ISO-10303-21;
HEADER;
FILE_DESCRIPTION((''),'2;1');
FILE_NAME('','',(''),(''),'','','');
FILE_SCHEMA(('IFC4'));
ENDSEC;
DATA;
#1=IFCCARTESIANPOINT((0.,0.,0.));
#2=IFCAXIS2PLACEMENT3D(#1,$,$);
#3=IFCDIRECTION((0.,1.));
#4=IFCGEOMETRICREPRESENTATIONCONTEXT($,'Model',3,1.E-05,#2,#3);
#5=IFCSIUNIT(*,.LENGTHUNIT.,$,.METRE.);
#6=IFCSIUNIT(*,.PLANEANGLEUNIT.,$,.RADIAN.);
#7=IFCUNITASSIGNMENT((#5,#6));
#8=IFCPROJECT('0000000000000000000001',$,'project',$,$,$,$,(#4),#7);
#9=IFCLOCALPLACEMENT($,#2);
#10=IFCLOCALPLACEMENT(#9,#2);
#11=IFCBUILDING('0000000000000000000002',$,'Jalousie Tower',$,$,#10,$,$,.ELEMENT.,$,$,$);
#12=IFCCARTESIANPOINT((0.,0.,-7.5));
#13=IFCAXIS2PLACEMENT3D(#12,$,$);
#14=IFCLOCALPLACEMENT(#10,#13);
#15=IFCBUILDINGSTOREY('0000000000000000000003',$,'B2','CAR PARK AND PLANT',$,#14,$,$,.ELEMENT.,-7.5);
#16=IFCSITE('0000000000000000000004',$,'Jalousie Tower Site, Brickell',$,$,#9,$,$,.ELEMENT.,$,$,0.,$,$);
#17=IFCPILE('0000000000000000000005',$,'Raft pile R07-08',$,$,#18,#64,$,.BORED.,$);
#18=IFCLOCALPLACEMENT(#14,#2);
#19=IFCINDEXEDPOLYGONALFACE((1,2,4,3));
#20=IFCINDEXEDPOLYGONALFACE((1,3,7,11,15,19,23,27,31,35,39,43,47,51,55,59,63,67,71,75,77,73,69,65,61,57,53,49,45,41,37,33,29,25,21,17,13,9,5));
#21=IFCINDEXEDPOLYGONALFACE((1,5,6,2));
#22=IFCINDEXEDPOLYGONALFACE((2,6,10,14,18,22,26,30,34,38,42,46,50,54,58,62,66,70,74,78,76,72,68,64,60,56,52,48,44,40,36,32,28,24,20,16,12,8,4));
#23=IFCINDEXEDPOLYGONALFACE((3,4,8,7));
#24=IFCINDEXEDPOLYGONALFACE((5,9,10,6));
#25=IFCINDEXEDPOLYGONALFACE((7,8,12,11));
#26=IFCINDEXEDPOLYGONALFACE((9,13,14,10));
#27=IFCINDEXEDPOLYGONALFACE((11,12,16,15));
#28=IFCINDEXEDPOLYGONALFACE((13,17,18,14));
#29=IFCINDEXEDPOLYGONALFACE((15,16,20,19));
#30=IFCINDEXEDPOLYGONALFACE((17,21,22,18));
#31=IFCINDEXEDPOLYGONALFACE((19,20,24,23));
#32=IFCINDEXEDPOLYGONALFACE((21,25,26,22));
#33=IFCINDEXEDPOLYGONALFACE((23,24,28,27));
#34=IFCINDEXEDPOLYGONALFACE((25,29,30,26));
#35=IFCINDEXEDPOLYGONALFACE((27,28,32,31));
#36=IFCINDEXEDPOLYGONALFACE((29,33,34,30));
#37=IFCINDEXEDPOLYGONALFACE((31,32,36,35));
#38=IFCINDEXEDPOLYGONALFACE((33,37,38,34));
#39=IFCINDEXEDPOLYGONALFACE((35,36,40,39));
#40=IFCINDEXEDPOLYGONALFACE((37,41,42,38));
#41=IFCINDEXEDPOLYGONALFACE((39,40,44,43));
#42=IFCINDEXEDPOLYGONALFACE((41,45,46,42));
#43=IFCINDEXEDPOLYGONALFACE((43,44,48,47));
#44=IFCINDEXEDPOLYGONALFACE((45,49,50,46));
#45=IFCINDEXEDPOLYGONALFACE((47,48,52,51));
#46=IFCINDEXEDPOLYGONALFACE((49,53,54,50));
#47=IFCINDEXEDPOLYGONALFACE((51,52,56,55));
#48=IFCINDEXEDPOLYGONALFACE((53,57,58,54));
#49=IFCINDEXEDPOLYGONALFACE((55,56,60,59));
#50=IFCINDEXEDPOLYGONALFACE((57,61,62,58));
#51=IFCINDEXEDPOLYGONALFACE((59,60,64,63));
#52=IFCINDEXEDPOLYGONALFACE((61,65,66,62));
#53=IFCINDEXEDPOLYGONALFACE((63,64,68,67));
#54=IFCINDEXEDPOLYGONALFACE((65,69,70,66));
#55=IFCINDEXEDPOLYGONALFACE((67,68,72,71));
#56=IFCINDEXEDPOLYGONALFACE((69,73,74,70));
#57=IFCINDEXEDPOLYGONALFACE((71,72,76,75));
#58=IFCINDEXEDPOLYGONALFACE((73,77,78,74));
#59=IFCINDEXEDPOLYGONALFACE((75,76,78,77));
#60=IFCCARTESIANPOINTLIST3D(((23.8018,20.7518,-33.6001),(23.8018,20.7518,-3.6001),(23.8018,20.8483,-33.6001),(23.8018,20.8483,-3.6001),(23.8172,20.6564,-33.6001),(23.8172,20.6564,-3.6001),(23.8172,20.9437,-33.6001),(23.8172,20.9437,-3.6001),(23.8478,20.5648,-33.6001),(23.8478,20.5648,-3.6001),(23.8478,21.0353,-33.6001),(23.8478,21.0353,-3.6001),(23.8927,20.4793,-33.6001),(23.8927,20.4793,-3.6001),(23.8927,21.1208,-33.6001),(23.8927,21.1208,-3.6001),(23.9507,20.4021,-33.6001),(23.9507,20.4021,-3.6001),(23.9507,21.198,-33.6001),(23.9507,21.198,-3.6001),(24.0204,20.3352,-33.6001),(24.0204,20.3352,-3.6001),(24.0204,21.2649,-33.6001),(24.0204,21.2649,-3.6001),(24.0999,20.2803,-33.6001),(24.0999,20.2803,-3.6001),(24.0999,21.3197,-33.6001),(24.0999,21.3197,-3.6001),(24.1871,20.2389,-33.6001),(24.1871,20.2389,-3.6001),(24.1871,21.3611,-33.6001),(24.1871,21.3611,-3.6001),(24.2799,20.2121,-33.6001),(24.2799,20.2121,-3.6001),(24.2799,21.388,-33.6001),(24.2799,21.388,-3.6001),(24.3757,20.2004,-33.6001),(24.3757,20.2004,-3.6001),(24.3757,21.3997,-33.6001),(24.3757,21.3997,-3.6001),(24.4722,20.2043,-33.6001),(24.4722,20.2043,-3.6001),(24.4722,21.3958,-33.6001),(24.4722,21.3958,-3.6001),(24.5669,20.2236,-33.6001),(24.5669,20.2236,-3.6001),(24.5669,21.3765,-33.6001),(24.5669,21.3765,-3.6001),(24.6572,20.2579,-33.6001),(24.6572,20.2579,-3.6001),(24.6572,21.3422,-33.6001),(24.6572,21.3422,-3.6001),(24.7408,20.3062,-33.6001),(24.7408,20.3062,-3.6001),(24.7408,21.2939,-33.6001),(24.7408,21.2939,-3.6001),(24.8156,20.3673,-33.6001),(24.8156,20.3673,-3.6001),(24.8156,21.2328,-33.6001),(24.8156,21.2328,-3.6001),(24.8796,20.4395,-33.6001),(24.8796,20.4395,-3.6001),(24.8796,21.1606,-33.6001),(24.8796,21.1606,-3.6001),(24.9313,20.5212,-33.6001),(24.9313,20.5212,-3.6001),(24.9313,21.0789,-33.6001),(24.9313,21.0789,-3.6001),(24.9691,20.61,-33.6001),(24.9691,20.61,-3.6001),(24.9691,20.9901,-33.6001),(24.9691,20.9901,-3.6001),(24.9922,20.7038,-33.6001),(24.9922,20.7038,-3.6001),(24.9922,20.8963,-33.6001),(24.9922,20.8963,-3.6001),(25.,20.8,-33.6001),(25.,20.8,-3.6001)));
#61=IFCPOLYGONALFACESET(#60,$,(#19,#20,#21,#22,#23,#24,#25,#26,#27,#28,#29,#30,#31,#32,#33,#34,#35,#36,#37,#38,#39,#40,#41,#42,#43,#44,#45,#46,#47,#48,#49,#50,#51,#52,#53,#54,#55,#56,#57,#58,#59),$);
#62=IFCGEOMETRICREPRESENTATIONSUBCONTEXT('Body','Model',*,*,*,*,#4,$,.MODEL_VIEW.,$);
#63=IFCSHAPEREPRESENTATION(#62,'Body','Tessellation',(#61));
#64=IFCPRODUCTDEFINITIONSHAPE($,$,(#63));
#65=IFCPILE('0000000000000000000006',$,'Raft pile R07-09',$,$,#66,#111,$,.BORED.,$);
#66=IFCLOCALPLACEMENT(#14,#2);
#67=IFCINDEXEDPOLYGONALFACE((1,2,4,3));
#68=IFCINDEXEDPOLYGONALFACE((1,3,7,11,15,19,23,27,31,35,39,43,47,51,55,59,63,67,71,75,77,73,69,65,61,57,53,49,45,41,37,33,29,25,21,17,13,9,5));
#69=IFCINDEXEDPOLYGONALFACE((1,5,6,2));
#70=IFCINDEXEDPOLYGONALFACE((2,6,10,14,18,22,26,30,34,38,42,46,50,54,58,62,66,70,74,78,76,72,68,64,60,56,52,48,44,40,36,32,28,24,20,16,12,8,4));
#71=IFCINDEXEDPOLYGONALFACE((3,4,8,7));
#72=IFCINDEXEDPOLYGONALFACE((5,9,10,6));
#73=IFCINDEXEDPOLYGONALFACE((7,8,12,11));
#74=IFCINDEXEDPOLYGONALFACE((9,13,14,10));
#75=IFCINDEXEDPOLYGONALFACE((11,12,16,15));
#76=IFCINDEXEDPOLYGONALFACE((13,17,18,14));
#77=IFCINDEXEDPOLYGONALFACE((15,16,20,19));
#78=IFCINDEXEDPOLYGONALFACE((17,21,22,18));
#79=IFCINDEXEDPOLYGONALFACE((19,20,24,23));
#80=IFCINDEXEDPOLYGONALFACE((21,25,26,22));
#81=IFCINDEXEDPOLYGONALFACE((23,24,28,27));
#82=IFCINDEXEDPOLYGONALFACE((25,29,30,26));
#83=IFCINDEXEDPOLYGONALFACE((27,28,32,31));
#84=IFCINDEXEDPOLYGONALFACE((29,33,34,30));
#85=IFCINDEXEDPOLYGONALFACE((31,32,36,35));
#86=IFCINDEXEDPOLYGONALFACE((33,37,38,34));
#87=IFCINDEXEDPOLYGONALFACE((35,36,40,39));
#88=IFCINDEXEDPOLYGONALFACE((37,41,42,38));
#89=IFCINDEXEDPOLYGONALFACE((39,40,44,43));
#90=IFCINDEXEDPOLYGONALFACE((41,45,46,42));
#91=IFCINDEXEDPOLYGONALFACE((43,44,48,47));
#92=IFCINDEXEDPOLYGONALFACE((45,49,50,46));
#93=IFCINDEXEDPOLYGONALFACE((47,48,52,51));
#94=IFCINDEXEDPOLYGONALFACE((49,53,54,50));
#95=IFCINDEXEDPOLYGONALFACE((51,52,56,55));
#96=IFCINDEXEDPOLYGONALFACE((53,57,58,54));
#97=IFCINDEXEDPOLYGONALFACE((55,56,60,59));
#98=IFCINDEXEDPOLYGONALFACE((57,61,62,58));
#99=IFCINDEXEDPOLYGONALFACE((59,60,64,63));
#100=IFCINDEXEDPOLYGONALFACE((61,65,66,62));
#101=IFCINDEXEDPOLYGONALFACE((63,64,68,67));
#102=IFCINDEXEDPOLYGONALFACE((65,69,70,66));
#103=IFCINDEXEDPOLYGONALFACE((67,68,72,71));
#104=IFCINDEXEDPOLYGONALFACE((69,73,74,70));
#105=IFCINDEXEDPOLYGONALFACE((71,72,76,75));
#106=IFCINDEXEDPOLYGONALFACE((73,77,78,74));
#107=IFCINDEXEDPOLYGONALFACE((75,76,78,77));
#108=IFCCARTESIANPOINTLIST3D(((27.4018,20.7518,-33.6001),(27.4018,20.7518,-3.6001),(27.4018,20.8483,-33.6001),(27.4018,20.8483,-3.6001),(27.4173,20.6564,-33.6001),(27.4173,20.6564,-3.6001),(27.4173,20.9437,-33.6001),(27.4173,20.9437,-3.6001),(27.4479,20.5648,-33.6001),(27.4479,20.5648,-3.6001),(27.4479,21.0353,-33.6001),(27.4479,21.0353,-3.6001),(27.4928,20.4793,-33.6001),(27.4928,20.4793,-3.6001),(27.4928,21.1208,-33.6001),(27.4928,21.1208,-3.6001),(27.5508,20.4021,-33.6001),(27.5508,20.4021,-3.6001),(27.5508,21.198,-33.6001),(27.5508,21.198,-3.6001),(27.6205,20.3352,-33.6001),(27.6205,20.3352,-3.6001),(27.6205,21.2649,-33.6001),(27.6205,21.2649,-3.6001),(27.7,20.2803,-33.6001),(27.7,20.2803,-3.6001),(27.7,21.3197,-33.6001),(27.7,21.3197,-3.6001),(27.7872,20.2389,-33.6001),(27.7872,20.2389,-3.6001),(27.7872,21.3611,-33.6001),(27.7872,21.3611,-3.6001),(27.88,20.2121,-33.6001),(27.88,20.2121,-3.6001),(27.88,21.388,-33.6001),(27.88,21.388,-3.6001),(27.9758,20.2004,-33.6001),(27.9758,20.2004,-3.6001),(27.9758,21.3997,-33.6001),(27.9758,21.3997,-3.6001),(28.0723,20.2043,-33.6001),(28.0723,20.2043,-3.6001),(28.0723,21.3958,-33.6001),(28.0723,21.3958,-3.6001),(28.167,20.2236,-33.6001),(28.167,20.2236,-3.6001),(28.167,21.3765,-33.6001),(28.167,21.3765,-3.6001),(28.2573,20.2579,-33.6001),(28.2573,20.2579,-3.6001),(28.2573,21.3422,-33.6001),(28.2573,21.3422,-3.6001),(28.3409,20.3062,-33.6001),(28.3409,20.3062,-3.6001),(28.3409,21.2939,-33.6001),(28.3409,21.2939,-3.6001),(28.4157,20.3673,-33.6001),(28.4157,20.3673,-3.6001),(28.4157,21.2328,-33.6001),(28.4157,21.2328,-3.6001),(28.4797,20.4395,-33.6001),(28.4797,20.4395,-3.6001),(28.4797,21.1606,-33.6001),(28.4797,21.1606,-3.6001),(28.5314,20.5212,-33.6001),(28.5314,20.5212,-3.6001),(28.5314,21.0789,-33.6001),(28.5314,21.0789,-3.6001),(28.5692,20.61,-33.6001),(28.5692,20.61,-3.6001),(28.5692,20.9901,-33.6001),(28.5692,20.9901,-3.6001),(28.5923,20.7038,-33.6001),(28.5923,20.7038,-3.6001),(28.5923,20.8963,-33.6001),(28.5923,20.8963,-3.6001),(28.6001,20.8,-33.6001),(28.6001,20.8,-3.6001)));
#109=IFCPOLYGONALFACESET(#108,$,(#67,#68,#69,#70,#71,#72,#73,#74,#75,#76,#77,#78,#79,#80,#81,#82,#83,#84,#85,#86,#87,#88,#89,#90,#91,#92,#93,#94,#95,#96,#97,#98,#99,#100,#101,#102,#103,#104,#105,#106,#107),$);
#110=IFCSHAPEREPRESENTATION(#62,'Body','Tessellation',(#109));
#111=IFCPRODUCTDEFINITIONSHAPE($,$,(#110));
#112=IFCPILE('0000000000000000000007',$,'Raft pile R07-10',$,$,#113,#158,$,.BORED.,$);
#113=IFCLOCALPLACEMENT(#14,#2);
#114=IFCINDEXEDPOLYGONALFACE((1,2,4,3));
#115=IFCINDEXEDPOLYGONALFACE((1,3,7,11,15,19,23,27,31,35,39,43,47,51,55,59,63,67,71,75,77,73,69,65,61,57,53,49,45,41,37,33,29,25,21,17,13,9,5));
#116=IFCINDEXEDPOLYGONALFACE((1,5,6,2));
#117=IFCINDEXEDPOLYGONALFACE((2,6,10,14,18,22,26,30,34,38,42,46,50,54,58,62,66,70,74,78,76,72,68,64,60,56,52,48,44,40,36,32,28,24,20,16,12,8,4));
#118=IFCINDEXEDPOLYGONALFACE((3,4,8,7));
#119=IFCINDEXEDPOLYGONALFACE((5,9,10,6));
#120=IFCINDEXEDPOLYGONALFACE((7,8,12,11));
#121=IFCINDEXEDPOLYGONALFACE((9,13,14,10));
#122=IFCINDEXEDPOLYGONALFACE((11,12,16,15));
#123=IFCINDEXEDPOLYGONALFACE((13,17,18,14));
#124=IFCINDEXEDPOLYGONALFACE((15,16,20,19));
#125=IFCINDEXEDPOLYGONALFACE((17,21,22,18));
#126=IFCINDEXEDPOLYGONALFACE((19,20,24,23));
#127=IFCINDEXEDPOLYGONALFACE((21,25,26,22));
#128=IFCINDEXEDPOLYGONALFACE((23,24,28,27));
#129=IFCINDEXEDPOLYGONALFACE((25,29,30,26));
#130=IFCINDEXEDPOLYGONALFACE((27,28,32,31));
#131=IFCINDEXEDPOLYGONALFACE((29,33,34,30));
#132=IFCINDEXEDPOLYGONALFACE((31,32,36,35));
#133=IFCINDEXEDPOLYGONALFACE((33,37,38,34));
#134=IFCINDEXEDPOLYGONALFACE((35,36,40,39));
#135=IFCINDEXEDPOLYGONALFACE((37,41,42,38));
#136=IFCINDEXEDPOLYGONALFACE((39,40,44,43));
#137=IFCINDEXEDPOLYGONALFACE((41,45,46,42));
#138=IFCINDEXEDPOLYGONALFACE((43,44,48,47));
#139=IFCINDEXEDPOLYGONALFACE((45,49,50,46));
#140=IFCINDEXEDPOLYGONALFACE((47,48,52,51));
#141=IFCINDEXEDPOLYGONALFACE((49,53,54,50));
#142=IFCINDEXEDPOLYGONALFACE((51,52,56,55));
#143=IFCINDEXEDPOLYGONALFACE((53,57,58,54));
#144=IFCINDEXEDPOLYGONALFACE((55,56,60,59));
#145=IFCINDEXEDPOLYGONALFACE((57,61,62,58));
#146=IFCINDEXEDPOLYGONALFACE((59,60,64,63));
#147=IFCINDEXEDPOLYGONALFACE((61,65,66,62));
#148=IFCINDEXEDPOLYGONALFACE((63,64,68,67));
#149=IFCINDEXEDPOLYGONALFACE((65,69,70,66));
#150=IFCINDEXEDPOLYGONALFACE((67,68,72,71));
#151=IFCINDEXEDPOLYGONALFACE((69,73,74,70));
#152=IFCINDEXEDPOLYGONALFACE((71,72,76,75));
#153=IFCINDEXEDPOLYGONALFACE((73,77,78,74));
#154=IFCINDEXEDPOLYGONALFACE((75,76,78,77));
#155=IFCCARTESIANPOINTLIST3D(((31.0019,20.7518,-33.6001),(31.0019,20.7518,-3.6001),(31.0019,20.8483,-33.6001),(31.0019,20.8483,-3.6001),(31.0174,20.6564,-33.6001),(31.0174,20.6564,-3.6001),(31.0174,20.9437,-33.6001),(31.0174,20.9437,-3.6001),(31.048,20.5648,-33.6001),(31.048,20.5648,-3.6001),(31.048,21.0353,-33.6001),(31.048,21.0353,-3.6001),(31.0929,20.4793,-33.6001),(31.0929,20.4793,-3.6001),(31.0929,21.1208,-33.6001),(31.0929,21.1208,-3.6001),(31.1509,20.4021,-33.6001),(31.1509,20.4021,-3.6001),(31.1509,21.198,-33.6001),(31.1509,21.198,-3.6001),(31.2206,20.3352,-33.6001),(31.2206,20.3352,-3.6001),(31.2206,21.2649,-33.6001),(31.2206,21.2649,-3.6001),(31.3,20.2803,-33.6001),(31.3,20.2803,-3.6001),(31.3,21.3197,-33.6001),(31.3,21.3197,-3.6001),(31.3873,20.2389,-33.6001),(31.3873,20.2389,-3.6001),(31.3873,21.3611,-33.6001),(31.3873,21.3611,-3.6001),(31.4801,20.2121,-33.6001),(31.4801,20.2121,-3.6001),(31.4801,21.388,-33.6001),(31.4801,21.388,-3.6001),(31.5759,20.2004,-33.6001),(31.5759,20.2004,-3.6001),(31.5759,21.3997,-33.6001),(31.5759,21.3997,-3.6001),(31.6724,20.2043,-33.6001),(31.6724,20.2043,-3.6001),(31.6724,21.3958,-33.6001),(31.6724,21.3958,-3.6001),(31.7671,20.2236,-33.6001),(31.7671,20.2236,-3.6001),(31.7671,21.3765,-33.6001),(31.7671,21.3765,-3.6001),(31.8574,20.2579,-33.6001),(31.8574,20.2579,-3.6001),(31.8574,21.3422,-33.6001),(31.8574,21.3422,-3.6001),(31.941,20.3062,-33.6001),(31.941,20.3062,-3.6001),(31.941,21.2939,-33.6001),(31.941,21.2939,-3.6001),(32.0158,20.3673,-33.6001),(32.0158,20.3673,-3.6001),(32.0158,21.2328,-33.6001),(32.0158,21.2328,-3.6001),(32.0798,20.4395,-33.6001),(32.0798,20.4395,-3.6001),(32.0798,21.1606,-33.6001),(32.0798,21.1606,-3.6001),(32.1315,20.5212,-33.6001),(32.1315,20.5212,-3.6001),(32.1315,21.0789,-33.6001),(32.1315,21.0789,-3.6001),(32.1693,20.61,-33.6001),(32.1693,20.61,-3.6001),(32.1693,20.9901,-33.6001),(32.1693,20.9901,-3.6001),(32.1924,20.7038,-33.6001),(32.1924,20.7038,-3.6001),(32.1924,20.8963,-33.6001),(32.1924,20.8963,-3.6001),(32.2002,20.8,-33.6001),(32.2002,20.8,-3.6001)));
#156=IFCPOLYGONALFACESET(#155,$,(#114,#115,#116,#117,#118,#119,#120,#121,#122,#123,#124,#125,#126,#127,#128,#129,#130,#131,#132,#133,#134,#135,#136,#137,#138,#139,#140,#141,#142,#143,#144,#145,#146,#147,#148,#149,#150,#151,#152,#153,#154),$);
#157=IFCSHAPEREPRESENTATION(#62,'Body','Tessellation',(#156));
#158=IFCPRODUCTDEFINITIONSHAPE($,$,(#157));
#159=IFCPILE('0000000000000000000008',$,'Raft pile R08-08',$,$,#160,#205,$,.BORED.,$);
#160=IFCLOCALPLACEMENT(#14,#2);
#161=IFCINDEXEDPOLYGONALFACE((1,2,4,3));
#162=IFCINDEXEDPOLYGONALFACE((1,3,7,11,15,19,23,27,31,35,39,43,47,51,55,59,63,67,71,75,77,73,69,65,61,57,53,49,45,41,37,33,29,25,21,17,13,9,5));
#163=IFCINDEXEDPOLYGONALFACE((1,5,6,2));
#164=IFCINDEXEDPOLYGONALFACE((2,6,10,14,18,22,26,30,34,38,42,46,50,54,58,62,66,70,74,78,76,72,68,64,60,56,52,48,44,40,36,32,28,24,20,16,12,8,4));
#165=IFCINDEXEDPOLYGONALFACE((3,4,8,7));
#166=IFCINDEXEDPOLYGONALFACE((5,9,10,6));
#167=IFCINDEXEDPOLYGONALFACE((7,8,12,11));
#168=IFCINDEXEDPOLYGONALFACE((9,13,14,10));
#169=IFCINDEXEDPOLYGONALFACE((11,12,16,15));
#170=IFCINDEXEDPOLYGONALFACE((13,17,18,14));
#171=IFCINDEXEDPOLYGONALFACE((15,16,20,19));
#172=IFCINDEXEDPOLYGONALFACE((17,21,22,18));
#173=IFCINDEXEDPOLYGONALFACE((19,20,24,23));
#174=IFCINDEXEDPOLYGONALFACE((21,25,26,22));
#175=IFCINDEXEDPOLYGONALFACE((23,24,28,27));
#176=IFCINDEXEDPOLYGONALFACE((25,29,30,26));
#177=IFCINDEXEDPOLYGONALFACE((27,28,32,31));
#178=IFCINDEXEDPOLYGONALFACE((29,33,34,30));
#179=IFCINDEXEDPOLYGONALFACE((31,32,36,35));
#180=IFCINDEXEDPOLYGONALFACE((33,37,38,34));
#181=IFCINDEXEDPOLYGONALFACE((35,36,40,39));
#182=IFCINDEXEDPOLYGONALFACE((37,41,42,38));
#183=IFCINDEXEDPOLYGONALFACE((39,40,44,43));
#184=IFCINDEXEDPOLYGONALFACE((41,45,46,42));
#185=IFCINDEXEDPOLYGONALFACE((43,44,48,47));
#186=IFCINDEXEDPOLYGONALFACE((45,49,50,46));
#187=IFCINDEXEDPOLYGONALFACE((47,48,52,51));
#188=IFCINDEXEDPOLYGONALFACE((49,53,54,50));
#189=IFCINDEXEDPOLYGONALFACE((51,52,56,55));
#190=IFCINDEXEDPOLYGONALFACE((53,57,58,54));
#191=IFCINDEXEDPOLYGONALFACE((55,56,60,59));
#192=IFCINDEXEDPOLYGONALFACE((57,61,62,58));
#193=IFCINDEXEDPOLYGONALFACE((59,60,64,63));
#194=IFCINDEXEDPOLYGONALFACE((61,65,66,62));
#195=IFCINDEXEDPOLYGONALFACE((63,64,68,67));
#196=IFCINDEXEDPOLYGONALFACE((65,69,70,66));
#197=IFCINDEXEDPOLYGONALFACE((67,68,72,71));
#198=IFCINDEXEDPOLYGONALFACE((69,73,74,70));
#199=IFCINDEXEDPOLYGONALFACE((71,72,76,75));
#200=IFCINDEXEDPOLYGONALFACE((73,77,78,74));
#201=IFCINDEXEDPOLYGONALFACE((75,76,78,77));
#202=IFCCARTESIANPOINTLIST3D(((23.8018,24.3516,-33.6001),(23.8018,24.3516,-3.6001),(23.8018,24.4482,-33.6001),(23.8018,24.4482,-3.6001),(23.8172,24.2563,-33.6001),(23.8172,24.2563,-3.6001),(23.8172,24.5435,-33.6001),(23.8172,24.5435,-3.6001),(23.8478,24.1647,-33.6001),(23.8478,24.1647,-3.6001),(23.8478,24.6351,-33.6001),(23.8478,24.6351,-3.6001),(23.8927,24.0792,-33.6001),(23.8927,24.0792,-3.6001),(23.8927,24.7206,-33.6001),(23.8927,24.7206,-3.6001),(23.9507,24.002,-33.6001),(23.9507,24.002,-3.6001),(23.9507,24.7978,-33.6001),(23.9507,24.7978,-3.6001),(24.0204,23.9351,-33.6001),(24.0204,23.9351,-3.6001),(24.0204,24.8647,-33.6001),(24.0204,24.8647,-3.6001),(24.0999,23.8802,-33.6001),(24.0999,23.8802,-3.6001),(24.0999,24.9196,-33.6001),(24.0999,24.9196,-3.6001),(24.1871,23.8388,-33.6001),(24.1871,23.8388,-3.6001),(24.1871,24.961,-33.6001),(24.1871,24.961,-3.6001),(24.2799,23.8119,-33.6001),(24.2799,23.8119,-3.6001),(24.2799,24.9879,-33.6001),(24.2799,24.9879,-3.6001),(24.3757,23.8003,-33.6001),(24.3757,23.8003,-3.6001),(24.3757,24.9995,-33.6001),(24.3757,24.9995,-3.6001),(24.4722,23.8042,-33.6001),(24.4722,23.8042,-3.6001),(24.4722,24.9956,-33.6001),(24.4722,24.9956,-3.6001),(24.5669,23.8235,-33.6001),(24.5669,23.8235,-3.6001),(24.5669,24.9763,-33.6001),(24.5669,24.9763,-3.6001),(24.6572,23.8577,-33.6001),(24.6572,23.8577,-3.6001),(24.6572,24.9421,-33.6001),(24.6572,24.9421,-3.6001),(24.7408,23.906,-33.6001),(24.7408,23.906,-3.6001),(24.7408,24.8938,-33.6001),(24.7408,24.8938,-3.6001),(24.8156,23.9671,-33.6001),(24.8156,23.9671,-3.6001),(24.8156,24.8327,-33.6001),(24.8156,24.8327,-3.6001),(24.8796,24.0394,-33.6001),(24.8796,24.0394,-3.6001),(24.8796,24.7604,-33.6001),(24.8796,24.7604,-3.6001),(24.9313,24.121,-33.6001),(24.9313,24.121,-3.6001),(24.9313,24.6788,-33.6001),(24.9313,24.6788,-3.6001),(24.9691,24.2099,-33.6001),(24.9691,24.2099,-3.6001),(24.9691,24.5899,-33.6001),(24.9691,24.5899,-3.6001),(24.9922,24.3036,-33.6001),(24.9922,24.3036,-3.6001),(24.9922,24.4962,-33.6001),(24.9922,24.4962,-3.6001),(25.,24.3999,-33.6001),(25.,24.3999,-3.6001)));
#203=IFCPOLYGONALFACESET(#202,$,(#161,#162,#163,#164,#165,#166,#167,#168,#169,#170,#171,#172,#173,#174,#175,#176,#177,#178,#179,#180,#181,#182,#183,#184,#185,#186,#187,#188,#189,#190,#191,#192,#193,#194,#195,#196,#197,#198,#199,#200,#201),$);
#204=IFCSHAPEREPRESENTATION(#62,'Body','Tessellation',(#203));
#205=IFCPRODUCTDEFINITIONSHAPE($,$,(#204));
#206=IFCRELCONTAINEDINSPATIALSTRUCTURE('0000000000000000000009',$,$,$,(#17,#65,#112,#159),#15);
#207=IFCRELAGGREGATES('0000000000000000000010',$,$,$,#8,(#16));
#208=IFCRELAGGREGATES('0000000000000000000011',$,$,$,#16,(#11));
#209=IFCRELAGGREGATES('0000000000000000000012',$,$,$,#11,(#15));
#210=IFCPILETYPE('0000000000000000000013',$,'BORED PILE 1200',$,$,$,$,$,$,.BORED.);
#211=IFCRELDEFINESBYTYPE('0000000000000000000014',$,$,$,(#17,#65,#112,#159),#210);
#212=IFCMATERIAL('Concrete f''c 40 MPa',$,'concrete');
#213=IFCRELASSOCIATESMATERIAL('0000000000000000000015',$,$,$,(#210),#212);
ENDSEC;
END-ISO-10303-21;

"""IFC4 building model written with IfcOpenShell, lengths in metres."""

from ifc_helpers import new_model, si_unit, direction, frame, origin, origin_2d, place, context, subcontext, project, spatial, circle, extrude, material, material_profile, profile_set, type_object, element, save


model = new_model("IFC4")

# Units and contexts
model_context = context("Model", 3, precision=1e-05, world=origin(), true_north=direction((0.0, 1.0)))
body_context = subcontext(model_context, "Body", "Model", "MODEL_VIEW")
ifc_project = project(units=[si_unit("LENGTHUNIT", "METRE"), si_unit("PLANEANGLEUNIT", "RADIAN")], contexts=[model_context])

# Site, building, storey
site_placement = place(None, origin())
site = spatial("IfcSite", under=ifc_project, at=site_placement, Name="Jalousie Tower Site, Brickell", CompositionType="ELEMENT", RefElevation=0.0)
building_placement = place(site_placement, origin())
building = spatial("IfcBuilding", under=site, at=building_placement, Name="Jalousie Tower", CompositionType="ELEMENT")
storey_placement = place(building_placement, frame((0.0, 0.0, -7.5)))
storey = spatial("IfcBuildingStorey", under=building, at=storey_placement, Name="B2", Description="CAR PARK AND PLANT", CompositionType="ELEMENT", Elevation=-7.5)

# Piles
ifc_material_1 = material(Name="Concrete f'c 40 MPa", Category="concrete")
ifc_material_profile = material_profile(ifc_material_1, circle(Radius=0.6001, at=origin_2d()), Name="BORED PILE D1200")
ifc_profile_set = profile_set([ifc_material_profile], Name="Concrete f'c 40 MPa")
pile_type = type_object("IfcPileType", Name="BORED PILE 1200", PredefinedType="BORED", material=ifc_profile_set)
for number, where, z_axis, x_axis, name in (
    (1, (24.3999, 20.8, -3.6001), (0.0, 0.0, -1.0), (1.0, 0.0, 0.0), "Raft pile R07-08"),
    (2, (28.0, 20.8, -3.6001), (0.0, 0.0, -1.0), (1.0, 0.0, 0.0), "Raft pile R07-09"),
    (3, (31.6001, 20.8, -3.6001), (0.0, 0.0, -1.0), (1.0, 0.0, 0.0), "Raft pile R07-10"),
    (4, (24.3999, 24.3999, -3.6001), (0.0, 0.0, -1.0), (1.0, 0.0, 0.0), "Raft pile R08-08"),
):
    element("IfcPile", number, at=place(storey_placement, frame(where, z_axis=z_axis, x_axis=x_axis)), inside=storey, type_object=pile_type, Name=name, PredefinedType="BORED", context=body_context, shape_type="SweptSolid", body=[
        extrude(circle(Radius=0.6001, at=origin_2d()), origin(), (0.0, 0.0, 1.0), 30.0),
    ])

save(model, "model.ifc")
